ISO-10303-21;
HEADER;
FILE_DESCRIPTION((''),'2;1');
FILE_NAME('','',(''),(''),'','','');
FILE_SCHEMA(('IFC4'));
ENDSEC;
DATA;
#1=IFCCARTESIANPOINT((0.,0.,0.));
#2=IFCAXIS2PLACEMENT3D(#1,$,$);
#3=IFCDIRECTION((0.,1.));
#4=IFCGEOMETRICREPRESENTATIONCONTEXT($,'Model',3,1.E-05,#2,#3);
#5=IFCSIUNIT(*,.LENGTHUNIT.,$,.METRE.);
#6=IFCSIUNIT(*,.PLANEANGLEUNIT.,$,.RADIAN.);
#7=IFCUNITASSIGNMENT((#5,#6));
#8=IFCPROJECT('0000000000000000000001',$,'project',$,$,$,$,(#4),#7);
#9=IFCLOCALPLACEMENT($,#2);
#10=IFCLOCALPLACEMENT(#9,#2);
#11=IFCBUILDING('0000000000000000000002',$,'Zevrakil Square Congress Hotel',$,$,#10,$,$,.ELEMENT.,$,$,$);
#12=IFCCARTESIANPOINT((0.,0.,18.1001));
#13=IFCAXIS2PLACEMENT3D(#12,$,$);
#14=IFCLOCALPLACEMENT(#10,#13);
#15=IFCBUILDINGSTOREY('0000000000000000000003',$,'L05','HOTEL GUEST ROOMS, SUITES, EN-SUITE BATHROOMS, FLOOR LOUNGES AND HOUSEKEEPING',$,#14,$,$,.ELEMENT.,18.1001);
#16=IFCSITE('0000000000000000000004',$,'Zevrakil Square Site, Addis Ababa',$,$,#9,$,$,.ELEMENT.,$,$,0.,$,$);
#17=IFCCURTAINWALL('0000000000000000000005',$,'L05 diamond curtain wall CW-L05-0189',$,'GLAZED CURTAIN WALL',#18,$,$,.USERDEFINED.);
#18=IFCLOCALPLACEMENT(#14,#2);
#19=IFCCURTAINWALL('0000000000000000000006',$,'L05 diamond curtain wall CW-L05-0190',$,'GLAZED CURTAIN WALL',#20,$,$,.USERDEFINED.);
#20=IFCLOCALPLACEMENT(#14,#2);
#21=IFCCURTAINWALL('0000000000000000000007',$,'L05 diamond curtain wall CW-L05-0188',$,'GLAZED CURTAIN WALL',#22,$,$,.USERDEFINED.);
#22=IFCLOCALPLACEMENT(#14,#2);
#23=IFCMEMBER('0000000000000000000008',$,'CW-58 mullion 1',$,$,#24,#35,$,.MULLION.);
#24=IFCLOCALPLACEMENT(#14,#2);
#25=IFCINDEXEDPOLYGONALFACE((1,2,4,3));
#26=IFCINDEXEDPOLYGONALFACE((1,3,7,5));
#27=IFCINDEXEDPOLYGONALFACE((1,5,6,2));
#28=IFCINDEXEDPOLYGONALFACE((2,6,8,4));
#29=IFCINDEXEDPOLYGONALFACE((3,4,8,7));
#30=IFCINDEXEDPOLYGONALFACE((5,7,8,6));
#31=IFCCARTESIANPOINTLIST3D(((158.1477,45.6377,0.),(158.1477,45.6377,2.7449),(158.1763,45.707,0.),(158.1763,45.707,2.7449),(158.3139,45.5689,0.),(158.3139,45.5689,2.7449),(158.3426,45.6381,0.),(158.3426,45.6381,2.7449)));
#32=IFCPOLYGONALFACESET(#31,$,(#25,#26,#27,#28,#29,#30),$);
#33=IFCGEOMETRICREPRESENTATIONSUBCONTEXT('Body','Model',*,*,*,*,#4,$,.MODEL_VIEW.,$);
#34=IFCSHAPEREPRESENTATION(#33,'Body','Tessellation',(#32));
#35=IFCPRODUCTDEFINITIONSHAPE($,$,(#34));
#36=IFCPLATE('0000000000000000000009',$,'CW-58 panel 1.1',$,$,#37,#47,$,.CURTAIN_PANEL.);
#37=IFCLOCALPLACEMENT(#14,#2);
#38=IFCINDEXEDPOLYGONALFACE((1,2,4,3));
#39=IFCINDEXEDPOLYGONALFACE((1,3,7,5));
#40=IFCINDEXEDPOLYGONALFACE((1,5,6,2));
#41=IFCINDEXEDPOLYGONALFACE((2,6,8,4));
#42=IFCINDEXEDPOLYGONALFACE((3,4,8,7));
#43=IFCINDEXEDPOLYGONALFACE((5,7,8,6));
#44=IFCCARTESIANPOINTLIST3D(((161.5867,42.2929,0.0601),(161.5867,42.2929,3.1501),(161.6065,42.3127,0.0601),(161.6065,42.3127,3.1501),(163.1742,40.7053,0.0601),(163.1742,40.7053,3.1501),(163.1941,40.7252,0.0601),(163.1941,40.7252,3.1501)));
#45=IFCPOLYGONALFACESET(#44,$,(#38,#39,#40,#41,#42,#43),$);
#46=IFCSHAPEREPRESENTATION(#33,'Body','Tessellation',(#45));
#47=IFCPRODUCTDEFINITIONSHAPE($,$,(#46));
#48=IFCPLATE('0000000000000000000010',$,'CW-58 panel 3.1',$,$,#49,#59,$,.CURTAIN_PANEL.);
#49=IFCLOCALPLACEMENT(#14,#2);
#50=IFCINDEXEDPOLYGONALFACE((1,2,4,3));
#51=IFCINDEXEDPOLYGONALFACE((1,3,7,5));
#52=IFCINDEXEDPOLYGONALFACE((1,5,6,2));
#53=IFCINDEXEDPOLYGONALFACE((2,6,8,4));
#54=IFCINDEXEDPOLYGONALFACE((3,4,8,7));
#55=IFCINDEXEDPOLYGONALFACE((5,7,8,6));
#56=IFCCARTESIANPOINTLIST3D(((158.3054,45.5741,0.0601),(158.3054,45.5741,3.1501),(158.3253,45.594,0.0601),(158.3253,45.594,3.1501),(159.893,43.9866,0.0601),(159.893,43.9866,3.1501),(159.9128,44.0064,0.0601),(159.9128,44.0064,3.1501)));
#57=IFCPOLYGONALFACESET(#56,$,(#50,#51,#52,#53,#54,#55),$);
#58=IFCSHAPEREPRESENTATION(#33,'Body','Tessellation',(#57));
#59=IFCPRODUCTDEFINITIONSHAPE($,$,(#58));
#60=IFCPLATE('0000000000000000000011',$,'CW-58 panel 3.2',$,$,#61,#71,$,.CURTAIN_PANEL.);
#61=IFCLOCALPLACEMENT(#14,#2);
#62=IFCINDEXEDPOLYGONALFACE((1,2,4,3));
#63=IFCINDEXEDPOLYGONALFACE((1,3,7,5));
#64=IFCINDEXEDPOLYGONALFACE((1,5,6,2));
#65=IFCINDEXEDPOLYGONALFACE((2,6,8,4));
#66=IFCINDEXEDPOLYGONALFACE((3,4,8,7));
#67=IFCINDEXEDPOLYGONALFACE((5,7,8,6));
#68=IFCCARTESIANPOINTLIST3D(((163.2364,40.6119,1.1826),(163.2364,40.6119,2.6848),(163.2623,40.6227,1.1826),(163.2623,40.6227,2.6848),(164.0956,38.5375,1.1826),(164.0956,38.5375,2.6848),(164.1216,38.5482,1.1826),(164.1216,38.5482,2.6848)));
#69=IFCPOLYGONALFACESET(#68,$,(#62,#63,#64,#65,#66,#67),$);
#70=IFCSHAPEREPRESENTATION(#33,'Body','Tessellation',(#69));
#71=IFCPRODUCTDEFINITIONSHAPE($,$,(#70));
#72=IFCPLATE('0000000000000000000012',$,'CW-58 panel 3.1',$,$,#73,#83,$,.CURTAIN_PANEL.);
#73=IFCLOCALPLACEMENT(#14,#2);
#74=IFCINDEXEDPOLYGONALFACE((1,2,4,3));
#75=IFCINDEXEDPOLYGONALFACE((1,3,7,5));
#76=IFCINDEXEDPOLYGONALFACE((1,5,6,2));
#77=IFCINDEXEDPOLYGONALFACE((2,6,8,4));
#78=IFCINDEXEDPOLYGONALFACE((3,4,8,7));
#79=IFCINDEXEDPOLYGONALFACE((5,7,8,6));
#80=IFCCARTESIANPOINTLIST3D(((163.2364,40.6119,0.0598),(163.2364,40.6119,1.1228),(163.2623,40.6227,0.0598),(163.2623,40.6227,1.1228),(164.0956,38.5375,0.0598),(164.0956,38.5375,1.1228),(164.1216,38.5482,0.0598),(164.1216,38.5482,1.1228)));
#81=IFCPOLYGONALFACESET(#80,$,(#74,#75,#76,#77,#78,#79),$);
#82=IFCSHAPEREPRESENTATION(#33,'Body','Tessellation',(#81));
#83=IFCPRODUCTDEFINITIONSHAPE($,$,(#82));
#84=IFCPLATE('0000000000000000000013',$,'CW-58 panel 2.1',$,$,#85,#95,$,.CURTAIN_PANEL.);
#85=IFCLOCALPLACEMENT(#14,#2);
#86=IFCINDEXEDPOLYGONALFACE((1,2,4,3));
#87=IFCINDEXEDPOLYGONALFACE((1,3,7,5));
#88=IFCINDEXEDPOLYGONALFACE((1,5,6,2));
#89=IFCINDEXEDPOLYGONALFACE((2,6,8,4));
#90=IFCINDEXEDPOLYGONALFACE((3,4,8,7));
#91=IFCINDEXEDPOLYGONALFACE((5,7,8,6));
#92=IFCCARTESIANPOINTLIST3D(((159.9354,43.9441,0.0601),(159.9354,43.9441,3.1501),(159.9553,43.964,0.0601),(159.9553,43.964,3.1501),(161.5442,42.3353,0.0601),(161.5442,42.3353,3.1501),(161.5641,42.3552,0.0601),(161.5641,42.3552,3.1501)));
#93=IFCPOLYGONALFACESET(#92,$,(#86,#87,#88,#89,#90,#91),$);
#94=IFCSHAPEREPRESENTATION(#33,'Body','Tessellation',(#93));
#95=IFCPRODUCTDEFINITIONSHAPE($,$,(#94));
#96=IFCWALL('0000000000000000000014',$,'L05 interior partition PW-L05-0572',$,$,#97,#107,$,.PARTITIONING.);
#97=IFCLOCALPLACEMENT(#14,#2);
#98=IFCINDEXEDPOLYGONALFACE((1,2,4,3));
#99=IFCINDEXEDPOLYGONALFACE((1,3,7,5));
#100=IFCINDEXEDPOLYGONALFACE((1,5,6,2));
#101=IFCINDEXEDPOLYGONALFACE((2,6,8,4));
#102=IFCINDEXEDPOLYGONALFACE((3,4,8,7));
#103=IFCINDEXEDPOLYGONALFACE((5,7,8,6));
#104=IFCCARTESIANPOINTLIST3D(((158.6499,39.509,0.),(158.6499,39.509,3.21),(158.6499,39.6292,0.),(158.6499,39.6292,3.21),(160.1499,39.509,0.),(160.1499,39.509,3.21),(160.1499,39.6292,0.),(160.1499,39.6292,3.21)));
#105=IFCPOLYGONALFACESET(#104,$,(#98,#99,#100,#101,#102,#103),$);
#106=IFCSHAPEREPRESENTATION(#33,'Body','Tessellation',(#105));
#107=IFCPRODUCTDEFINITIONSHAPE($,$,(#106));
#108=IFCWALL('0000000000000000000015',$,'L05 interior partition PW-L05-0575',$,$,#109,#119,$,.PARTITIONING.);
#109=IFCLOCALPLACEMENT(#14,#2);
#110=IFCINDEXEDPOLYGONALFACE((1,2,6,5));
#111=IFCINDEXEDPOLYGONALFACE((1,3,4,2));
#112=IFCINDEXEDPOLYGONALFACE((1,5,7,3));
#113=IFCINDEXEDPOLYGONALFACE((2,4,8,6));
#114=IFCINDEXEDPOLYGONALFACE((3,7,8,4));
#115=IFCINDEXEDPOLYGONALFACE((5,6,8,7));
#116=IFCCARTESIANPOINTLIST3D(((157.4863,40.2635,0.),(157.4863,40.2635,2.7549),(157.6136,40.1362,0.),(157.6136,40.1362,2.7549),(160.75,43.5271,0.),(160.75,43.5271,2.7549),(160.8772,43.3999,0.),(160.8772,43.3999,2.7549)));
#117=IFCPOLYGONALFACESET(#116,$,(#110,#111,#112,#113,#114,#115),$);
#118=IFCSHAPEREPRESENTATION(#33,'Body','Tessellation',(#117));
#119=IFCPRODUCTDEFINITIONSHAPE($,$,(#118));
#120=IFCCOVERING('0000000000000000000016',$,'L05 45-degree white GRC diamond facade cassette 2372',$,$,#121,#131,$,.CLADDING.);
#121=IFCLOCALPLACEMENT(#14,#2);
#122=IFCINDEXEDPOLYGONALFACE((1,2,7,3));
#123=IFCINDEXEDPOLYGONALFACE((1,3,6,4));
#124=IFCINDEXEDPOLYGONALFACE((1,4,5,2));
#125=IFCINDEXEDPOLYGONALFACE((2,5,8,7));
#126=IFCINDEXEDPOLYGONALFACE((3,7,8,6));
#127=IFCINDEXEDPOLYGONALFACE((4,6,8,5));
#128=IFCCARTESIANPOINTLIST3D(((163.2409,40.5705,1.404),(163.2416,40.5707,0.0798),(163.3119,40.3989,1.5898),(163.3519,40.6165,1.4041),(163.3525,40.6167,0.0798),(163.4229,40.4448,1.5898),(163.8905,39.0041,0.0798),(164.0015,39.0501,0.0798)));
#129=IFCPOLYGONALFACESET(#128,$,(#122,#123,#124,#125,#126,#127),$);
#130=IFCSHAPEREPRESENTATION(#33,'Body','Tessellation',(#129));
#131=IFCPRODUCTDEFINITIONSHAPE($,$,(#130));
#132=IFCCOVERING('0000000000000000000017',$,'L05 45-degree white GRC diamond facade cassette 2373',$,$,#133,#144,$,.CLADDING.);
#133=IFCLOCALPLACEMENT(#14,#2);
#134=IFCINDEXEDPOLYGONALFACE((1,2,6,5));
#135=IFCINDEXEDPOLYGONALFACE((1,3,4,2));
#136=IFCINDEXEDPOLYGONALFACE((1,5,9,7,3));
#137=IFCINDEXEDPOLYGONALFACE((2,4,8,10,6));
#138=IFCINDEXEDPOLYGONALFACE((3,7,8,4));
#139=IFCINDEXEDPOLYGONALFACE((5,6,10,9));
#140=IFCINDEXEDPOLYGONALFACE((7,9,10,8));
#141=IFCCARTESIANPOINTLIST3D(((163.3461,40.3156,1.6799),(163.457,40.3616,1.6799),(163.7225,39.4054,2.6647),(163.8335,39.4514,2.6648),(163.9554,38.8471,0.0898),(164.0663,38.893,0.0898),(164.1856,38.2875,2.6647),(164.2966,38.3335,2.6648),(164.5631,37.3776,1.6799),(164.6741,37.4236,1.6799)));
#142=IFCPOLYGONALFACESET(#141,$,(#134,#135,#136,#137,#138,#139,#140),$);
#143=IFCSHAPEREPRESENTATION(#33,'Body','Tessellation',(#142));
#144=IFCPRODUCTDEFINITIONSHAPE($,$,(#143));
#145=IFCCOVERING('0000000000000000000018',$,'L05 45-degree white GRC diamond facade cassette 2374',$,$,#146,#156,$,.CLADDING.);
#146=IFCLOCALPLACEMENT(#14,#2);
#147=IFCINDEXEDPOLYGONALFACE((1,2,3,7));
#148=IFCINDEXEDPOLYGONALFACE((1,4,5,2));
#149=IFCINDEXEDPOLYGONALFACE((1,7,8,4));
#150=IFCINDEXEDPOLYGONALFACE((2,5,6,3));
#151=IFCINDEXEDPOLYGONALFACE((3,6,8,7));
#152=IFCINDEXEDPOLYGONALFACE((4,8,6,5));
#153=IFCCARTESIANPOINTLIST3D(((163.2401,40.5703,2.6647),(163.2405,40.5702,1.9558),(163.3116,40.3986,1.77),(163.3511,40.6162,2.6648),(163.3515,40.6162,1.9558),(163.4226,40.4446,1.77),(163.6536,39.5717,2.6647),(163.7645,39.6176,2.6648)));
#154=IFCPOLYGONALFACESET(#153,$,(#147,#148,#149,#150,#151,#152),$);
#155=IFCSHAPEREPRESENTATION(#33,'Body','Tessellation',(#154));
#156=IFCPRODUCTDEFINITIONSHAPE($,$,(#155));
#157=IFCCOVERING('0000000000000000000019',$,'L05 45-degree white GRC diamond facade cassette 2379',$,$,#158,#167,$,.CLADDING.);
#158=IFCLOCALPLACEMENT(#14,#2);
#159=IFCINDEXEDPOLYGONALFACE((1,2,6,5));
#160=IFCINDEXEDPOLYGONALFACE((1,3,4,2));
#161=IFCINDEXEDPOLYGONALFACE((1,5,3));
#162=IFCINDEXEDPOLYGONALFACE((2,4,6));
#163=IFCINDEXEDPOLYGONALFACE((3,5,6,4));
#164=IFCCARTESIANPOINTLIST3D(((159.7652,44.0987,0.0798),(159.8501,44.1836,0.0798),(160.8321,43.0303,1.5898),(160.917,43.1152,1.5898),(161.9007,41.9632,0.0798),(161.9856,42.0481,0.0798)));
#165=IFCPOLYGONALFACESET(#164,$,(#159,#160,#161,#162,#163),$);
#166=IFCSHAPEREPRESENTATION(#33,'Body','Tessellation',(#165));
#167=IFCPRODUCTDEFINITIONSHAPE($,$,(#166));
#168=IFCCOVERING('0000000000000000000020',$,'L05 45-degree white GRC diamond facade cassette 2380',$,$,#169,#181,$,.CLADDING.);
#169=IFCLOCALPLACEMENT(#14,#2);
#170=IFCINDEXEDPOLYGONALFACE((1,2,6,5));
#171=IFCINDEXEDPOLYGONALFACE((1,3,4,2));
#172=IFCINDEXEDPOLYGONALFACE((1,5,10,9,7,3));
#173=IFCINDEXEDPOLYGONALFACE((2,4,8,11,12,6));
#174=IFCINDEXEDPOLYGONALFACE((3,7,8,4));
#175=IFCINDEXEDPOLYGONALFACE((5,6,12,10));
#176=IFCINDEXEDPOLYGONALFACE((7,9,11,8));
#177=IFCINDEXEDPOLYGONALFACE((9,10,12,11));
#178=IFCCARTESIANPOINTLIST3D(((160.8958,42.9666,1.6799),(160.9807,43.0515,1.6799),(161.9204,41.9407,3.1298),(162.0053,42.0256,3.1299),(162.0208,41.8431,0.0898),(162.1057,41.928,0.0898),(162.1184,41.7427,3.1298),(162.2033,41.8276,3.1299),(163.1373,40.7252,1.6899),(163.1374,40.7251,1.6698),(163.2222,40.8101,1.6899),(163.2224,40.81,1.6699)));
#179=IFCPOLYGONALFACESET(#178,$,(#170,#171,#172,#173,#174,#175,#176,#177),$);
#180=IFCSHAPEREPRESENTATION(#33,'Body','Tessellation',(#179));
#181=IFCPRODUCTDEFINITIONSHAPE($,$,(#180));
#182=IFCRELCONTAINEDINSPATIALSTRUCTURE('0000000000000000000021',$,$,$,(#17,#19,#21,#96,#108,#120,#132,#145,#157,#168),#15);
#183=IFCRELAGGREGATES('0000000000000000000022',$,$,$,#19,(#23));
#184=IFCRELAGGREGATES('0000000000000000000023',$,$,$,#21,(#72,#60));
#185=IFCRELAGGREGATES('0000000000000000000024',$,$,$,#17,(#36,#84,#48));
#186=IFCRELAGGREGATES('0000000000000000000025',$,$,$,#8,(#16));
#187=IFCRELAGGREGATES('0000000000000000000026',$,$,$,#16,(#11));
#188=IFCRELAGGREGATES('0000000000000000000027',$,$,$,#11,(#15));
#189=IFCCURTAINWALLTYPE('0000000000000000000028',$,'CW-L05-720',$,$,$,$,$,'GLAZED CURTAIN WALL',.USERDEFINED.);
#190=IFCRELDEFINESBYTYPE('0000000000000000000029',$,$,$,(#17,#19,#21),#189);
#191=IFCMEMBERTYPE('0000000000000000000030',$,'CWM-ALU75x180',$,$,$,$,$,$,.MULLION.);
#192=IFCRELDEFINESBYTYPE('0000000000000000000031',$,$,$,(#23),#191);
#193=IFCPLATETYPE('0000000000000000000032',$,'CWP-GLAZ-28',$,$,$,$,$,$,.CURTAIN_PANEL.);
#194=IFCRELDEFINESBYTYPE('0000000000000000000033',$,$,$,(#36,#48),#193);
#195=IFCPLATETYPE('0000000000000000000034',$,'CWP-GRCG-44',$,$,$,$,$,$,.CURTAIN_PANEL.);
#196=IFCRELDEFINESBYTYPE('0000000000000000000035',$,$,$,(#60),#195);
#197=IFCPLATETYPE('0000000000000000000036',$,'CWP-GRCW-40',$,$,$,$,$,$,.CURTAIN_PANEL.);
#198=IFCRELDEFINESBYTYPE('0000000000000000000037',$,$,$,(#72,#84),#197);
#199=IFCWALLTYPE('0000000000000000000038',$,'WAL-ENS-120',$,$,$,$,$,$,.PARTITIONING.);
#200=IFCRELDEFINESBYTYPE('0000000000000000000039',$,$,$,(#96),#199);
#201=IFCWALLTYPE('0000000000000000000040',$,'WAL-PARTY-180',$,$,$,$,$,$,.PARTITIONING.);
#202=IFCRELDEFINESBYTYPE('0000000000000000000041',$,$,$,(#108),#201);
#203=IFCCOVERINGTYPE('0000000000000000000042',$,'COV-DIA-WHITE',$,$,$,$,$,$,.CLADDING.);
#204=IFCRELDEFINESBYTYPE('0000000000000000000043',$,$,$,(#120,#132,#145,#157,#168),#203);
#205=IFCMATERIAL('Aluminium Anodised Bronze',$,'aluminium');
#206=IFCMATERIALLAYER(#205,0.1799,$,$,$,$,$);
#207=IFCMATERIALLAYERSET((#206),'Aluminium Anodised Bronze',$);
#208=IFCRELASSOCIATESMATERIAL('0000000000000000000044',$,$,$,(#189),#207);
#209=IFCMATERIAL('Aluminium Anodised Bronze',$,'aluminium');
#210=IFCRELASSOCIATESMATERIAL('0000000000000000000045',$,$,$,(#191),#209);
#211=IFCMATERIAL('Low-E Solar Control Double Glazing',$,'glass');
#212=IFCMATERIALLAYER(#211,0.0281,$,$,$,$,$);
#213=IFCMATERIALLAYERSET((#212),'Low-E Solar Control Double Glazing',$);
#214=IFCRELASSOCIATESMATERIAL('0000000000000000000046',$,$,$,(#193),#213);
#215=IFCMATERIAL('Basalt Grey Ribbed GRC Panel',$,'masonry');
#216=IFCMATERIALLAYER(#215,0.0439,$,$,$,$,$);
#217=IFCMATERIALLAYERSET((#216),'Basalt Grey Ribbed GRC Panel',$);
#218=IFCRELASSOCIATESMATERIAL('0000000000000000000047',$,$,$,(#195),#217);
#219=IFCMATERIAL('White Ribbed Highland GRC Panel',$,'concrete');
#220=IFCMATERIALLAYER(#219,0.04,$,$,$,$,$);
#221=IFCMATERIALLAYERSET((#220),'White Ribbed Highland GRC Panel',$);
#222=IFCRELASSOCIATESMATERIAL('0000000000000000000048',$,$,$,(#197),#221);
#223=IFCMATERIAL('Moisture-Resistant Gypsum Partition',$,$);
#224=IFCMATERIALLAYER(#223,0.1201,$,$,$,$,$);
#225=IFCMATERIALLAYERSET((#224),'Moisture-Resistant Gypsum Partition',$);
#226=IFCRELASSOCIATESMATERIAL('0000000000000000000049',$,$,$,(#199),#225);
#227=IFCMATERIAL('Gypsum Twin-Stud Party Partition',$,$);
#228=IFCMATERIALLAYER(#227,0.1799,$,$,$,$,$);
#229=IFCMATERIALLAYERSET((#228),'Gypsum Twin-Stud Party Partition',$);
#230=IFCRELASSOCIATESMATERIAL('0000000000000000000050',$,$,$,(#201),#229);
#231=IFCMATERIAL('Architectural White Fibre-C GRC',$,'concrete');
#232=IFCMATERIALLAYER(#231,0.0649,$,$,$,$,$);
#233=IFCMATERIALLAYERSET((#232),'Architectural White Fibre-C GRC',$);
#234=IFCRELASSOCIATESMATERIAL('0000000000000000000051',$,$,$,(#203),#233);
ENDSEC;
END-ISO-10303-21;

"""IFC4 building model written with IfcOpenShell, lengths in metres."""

from ifc_helpers import new_model, si_unit, direction, frame, frame_2d, origin, origin_2d, place, context, subcontext, project, spatial, polyline, rectangle, outline, extrude, material, layer, layer_set, material_profile, profile_set, type_object, element, aggregate, save


model = new_model("IFC4")

# Units and contexts
model_context = context("Model", 3, precision=1e-05, world=origin(), true_north=direction((0.0, 1.0)))
body_context = subcontext(model_context, "Body", "Model", "MODEL_VIEW")
ifc_project = project(units=[si_unit("LENGTHUNIT", "METRE"), si_unit("PLANEANGLEUNIT", "RADIAN")], contexts=[model_context])

# Site, building, storey
site_placement = place(None, origin())
site = spatial("IfcSite", under=ifc_project, at=site_placement, Name="Zevrakil Square Site, Addis Ababa", CompositionType="ELEMENT", RefElevation=0.0)
building_placement = place(site_placement, origin())
building = spatial("IfcBuilding", under=site, at=building_placement, Name="Zevrakil Square Congress Hotel", CompositionType="ELEMENT")
storey_placement = place(building_placement, frame((0.0, 0.0, 18.1001)))
storey = spatial("IfcBuildingStorey", under=building, at=storey_placement, Name="L05", Description="HOTEL GUEST ROOMS, SUITES, EN-SUITE BATHROOMS, FLOOR LOUNGES AND HOUSEKEEPING", CompositionType="ELEMENT", Elevation=18.1001)

# Curtain walls
ifc_material_1 = material(Name="Aluminium Anodised Bronze", Category="aluminium")
ifc_layer_1 = layer(ifc_material_1, 0.1799)
ifc_layer_set_1 = layer_set([ifc_layer_1], Name="Aluminium Anodised Bronze")
curtain_wall_type = type_object("IfcCurtainWallType", Name="CW-L05-720", ElementType="GLAZED CURTAIN WALL", PredefinedType="USERDEFINED", material=ifc_layer_set_1)
curtain_wall_1_placement = place(storey_placement, origin())
curtain_wall_1 = element("IfcCurtainWall", 1, at=curtain_wall_1_placement, inside=storey, type_object=curtain_wall_type, Name="L05 diamond curtain wall CW-L05-0189", ObjectType="GLAZED CURTAIN WALL", PredefinedType="USERDEFINED")
curtain_wall_2_placement = place(storey_placement, origin())
curtain_wall_2 = element("IfcCurtainWall", 2, at=curtain_wall_2_placement, inside=storey, type_object=curtain_wall_type, Name="L05 diamond curtain wall CW-L05-0190", ObjectType="GLAZED CURTAIN WALL", PredefinedType="USERDEFINED")

# Curtain wall
curtain_wall_3_placement = place(storey_placement, origin())
curtain_wall_3 = element("IfcCurtainWall", 3, at=curtain_wall_3_placement, inside=storey, type_object=curtain_wall_type, Name="L05 diamond curtain wall CW-L05-0188", ObjectType="GLAZED CURTAIN WALL", PredefinedType="USERDEFINED")
ifc_material_2 = material(Name="Aluminium Anodised Bronze", Category="aluminium")
ifc_material_profile_1 = material_profile(ifc_material_2, rectangle(XDim=0.075, YDim=0.1799, at=origin_2d()), Name="ALU 75x180")
ifc_profile_set_1 = profile_set([ifc_material_profile_1], Name="Aluminium Anodised Bronze")
member_type_1 = type_object("IfcMemberType", Name="CWM-ALU75x180", PredefinedType="MULLION", material=ifc_profile_set_1)

# Member
member_1_placement = place(storey_placement, frame((158.2451, 45.6379, 0.0), z_axis=(0.0, 0.0, 1.0), x_axis=(-0.382684, -0.923879, 0.0)))
member_1 = element("IfcMember", 4, at=member_1_placement, type_object=member_type_1, Name="CW-58 mullion 1", PredefinedType="MULLION", context=body_context, shape_type="SweptSolid", body=[
    extrude(rectangle(XDim=0.075, YDim=0.1799, at=origin_2d()), origin(), (0.0, 0.0, 1.0), 2.7449),
])
aggregate(curtain_wall_2, [member_1])

# Plates
ifc_material_3 = material(Name="Low-E Solar Control Double Glazing", Category="glass")
ifc_layer_2 = layer(ifc_material_3, 0.0281)
ifc_layer_set_2 = layer_set([ifc_layer_2], Name="Low-E Solar Control Double Glazing")
plate_type_1 = type_object("IfcPlateType", Name="CWP-GLAZ-28", PredefinedType="CURTAIN_PANEL", material=ifc_layer_set_2)
plate_1_placement = place(storey_placement, frame((162.3904, 41.509, 0.0601), z_axis=(0.0, 0.0, 1.0), x_axis=(-0.707107, 0.707107, 0.0)))
plate_1 = element("IfcPlate", 5, at=plate_1_placement, type_object=plate_type_1, Name="CW-58 panel 1.1", PredefinedType="CURTAIN_PANEL", context=body_context, shape_type="SweptSolid", body=[
    extrude(rectangle(XDim=2.2451, YDim=0.0281, at=origin_2d()), origin(), (0.0, 0.0, 1.0), 3.0901),
])
plate_2_placement = place(storey_placement, frame((159.1091, 44.7903, 0.0601), z_axis=(0.0, 0.0, 1.0), x_axis=(-0.707107, 0.707107, 0.0)))
plate_2 = element("IfcPlate", 6, at=plate_2_placement, type_object=plate_type_1, Name="CW-58 panel 3.1", PredefinedType="CURTAIN_PANEL", context=body_context, shape_type="SweptSolid", body=[
    extrude(rectangle(XDim=2.2451, YDim=0.0281, at=origin_2d()), origin(), (0.0, 0.0, 1.0), 3.0901),
])
ifc_material_4 = material(Name="Basalt Grey Ribbed GRC Panel", Category="masonry")
ifc_layer_3 = layer(ifc_material_4, 0.0439)
ifc_layer_set_3 = layer_set([ifc_layer_3], Name="Basalt Grey Ribbed GRC Panel")
plate_type_2 = type_object("IfcPlateType", Name="CWP-GRCG-44", PredefinedType="CURTAIN_PANEL", material=ifc_layer_set_3)
plate_3_placement = place(storey_placement, frame((163.679, 39.5801, 1.1826), z_axis=(0.0, 0.0, 1.0), x_axis=(-0.382684, 0.923879, 0.0)))
plate_3 = element("IfcPlate", 7, at=plate_3_placement, type_object=plate_type_2, Name="CW-58 panel 3.2", PredefinedType="CURTAIN_PANEL", context=body_context, shape_type="SweptSolid", body=[
    extrude(rectangle(XDim=2.2454, YDim=0.0281, at=origin_2d()), origin(), (0.0, 0.0, 1.0), 1.5022),
])
ifc_material_5 = material(Name="White Ribbed Highland GRC Panel", Category="concrete")
ifc_layer_4 = layer(ifc_material_5, 0.04)
ifc_layer_set_4 = layer_set([ifc_layer_4], Name="White Ribbed Highland GRC Panel")
plate_type_3 = type_object("IfcPlateType", Name="CWP-GRCW-40", PredefinedType="CURTAIN_PANEL", material=ifc_layer_set_4)
plate_4_placement = place(storey_placement, frame((163.679, 39.5801, 0.0598), z_axis=(0.0, 0.0, 1.0), x_axis=(-0.382684, 0.923879, 0.0)))
plate_4 = element("IfcPlate", 8, at=plate_4_placement, type_object=plate_type_3, Name="CW-58 panel 3.1", PredefinedType="CURTAIN_PANEL", context=body_context, shape_type="SweptSolid", body=[
    extrude(rectangle(XDim=2.2454, YDim=0.0281, at=origin_2d()), origin(), (0.0, 0.0, 1.0), 1.063),
])
aggregate(curtain_wall_3, [plate_4, plate_3])
plate_5_placement = place(storey_placement, frame((160.7498, 43.1497, 0.0601), z_axis=(0.0, 0.0, 1.0), x_axis=(-0.707107, 0.707107, 0.0)))
plate_5 = element("IfcPlate", 9, at=plate_5_placement, type_object=plate_type_3, Name="CW-58 panel 2.1", PredefinedType="CURTAIN_PANEL", context=body_context, shape_type="SweptSolid", body=[
    extrude(rectangle(XDim=2.2751, YDim=0.0281, at=origin_2d()), origin(), (0.0, 0.0, 1.0), 3.0901),
])
aggregate(curtain_wall_1, [plate_1, plate_5, plate_2])

# Walls
ifc_material_6 = material(Name="Moisture-Resistant Gypsum Partition")
ifc_layer_5 = layer(ifc_material_6, 0.1201)
ifc_layer_set_5 = layer_set([ifc_layer_5], Name="Moisture-Resistant Gypsum Partition")
wall_type_1 = type_object("IfcWallType", Name="WAL-ENS-120", PredefinedType="PARTITIONING", material=ifc_layer_set_5)
wall_1_placement = place(storey_placement, frame((158.6499, 39.5691, 0.0), z_axis=(0.0, 0.0, 1.0), x_axis=(1.0, 0.0, 0.0)))
element("IfcWall", 10, at=wall_1_placement, inside=storey, type_object=wall_type_1, Name="L05 interior partition PW-L05-0572", PredefinedType="PARTITIONING", context=body_context, shape_type="SweptSolid", body=[
    extrude(rectangle(XDim=1.5, YDim=0.1201, at=frame_2d((0.75, 0.0))), origin(), (0.0, 0.0, 1.0), 3.21),
])
ifc_material_7 = material(Name="Gypsum Twin-Stud Party Partition")
ifc_layer_6 = layer(ifc_material_7, 0.1799)
ifc_layer_set_6 = layer_set([ifc_layer_6], Name="Gypsum Twin-Stud Party Partition")
wall_type_2 = type_object("IfcWallType", Name="WAL-PARTY-180", PredefinedType="PARTITIONING", material=ifc_layer_set_6)
wall_2_placement = place(storey_placement, frame((157.55, 40.2, 0.0), z_axis=(0.0, 0.0, 1.0), x_axis=(0.707107, 0.707107, 0.0)))
element("IfcWall", 11, at=wall_2_placement, inside=storey, type_object=wall_type_2, Name="L05 interior partition PW-L05-0575", PredefinedType="PARTITIONING", context=body_context, shape_type="SweptSolid", body=[
    extrude(rectangle(XDim=4.6155, YDim=0.1799, at=frame_2d((2.3076, 0.0))), origin(), (0.0, 0.0, 1.0), 2.7549),
])

# Coverings
ifc_material_8 = material(Name="Architectural White Fibre-C GRC", Category="concrete")
ifc_layer_7 = layer(ifc_material_8, 0.0649)
ifc_layer_set_7 = layer_set([ifc_layer_7], Name="Architectural White Fibre-C GRC")
covering_type_1 = type_object("IfcCoveringType", Name="COV-DIA-WHITE", PredefinedType="CLADDING", material=ifc_layer_set_7)
covering_1_placement = place(storey_placement, frame((163.4229, 40.4448, 1.5898), z_axis=(0.923868, 0.382711, 0.000542), x_axis=(-0.270236, 0.653355, -0.707177)))
element("IfcCovering", 12, at=covering_1_placement, inside=storey, type_object=covering_type_1, Name="L05 45-degree white GRC diamond facade cassette 2372", PredefinedType="CLADDING", context=body_context, shape_type="SweptSolid", body=[
    extrude(outline(polyline([(0.0, 0.0), (0.2627, 0.0), (1.1991, -0.9363), (0.0002, -2.1355), (0.0, 0.0)])), origin(), (0.0, 0.0, -1.0), 0.1201),
])
covering_2_placement = place(storey_placement, frame((163.457, 40.3616, 1.6799), z_axis=(0.923868, 0.382711, 0.000564), x_axis=(0.270971, -0.653086, -0.707144)))
element("IfcCovering", 13, at=covering_2_placement, inside=storey, type_object=covering_type_1, Name="L05 45-degree white GRC diamond facade cassette 2373", PredefinedType="CLADDING", context=body_context, shape_type="SweptSolid", body=[
    extrude(outline(polyline([(0.0, 0.0), (2.2486, 0.0), (2.2485, -2.2488), (0.8556, -2.2485), (0.0, -1.3929), (0.0, 0.0)])), origin(), (0.0, 0.0, -1.0), 0.1201),
])
covering_3_placement = place(storey_placement, frame((163.4226, 40.4446, 1.77), z_axis=(0.923929, 0.382564, 0.000482), x_axis=(0.270211, -0.653475, 0.707076)))
element("IfcCovering", 14, at=covering_3_placement, inside=storey, type_object=covering_type_1, Name="L05 45-degree white GRC diamond facade cassette 2374", PredefinedType="CLADDING", context=body_context, shape_type="SweptSolid", body=[
    extrude(outline(polyline([(0.0, 0.0), (1.2655, 0.0), (0.5012, -0.7642), (0.0, -0.2627), (0.0, 0.0)])), origin(), (0.0, 0.0, -1.0), 0.1201),
])
covering_4_placement = place(storey_placement, frame((160.917, 43.1152, 1.5898), z_axis=(0.707107, 0.707107, 0.000686), x_axis=(-0.499631, 0.500317, -0.707144)))
element("IfcCovering", 15, at=covering_4_placement, inside=storey, type_object=covering_type_1, Name="L05 45-degree white GRC diamond facade cassette 2379", PredefinedType="CLADDING", context=body_context, shape_type="SweptSolid", body=[
    extrude(outline(polyline([(0.0, 0.0), (2.1354, 0.0), (0.0, -2.1356), (0.0, 0.0)])), origin(), (0.0, 0.0, -1.0), 0.1201),
])
covering_5_placement = place(storey_placement, frame((160.9807, 43.0515, 1.6799), z_axis=(0.707087, 0.707126, 0.000649), x_axis=(0.500317, -0.499641, -0.707136)))
element("IfcCovering", 16, at=covering_5_placement, inside=storey, type_object=covering_type_1, Name="L05 45-degree white GRC diamond facade cassette 2380", PredefinedType="CLADDING", context=body_context, shape_type="SweptSolid", body=[
    extrude(outline(polyline([(0.0, 0.0), (2.2486, 0.0), (2.2486, -2.2346), (2.2343, -2.2486), (0.1979, -2.2485), (-0.0001, -2.0505), (0.0, 0.0)])), origin(), (0.0, 0.0, -1.0), 0.1201),
])

save(model, "model.ifc")
